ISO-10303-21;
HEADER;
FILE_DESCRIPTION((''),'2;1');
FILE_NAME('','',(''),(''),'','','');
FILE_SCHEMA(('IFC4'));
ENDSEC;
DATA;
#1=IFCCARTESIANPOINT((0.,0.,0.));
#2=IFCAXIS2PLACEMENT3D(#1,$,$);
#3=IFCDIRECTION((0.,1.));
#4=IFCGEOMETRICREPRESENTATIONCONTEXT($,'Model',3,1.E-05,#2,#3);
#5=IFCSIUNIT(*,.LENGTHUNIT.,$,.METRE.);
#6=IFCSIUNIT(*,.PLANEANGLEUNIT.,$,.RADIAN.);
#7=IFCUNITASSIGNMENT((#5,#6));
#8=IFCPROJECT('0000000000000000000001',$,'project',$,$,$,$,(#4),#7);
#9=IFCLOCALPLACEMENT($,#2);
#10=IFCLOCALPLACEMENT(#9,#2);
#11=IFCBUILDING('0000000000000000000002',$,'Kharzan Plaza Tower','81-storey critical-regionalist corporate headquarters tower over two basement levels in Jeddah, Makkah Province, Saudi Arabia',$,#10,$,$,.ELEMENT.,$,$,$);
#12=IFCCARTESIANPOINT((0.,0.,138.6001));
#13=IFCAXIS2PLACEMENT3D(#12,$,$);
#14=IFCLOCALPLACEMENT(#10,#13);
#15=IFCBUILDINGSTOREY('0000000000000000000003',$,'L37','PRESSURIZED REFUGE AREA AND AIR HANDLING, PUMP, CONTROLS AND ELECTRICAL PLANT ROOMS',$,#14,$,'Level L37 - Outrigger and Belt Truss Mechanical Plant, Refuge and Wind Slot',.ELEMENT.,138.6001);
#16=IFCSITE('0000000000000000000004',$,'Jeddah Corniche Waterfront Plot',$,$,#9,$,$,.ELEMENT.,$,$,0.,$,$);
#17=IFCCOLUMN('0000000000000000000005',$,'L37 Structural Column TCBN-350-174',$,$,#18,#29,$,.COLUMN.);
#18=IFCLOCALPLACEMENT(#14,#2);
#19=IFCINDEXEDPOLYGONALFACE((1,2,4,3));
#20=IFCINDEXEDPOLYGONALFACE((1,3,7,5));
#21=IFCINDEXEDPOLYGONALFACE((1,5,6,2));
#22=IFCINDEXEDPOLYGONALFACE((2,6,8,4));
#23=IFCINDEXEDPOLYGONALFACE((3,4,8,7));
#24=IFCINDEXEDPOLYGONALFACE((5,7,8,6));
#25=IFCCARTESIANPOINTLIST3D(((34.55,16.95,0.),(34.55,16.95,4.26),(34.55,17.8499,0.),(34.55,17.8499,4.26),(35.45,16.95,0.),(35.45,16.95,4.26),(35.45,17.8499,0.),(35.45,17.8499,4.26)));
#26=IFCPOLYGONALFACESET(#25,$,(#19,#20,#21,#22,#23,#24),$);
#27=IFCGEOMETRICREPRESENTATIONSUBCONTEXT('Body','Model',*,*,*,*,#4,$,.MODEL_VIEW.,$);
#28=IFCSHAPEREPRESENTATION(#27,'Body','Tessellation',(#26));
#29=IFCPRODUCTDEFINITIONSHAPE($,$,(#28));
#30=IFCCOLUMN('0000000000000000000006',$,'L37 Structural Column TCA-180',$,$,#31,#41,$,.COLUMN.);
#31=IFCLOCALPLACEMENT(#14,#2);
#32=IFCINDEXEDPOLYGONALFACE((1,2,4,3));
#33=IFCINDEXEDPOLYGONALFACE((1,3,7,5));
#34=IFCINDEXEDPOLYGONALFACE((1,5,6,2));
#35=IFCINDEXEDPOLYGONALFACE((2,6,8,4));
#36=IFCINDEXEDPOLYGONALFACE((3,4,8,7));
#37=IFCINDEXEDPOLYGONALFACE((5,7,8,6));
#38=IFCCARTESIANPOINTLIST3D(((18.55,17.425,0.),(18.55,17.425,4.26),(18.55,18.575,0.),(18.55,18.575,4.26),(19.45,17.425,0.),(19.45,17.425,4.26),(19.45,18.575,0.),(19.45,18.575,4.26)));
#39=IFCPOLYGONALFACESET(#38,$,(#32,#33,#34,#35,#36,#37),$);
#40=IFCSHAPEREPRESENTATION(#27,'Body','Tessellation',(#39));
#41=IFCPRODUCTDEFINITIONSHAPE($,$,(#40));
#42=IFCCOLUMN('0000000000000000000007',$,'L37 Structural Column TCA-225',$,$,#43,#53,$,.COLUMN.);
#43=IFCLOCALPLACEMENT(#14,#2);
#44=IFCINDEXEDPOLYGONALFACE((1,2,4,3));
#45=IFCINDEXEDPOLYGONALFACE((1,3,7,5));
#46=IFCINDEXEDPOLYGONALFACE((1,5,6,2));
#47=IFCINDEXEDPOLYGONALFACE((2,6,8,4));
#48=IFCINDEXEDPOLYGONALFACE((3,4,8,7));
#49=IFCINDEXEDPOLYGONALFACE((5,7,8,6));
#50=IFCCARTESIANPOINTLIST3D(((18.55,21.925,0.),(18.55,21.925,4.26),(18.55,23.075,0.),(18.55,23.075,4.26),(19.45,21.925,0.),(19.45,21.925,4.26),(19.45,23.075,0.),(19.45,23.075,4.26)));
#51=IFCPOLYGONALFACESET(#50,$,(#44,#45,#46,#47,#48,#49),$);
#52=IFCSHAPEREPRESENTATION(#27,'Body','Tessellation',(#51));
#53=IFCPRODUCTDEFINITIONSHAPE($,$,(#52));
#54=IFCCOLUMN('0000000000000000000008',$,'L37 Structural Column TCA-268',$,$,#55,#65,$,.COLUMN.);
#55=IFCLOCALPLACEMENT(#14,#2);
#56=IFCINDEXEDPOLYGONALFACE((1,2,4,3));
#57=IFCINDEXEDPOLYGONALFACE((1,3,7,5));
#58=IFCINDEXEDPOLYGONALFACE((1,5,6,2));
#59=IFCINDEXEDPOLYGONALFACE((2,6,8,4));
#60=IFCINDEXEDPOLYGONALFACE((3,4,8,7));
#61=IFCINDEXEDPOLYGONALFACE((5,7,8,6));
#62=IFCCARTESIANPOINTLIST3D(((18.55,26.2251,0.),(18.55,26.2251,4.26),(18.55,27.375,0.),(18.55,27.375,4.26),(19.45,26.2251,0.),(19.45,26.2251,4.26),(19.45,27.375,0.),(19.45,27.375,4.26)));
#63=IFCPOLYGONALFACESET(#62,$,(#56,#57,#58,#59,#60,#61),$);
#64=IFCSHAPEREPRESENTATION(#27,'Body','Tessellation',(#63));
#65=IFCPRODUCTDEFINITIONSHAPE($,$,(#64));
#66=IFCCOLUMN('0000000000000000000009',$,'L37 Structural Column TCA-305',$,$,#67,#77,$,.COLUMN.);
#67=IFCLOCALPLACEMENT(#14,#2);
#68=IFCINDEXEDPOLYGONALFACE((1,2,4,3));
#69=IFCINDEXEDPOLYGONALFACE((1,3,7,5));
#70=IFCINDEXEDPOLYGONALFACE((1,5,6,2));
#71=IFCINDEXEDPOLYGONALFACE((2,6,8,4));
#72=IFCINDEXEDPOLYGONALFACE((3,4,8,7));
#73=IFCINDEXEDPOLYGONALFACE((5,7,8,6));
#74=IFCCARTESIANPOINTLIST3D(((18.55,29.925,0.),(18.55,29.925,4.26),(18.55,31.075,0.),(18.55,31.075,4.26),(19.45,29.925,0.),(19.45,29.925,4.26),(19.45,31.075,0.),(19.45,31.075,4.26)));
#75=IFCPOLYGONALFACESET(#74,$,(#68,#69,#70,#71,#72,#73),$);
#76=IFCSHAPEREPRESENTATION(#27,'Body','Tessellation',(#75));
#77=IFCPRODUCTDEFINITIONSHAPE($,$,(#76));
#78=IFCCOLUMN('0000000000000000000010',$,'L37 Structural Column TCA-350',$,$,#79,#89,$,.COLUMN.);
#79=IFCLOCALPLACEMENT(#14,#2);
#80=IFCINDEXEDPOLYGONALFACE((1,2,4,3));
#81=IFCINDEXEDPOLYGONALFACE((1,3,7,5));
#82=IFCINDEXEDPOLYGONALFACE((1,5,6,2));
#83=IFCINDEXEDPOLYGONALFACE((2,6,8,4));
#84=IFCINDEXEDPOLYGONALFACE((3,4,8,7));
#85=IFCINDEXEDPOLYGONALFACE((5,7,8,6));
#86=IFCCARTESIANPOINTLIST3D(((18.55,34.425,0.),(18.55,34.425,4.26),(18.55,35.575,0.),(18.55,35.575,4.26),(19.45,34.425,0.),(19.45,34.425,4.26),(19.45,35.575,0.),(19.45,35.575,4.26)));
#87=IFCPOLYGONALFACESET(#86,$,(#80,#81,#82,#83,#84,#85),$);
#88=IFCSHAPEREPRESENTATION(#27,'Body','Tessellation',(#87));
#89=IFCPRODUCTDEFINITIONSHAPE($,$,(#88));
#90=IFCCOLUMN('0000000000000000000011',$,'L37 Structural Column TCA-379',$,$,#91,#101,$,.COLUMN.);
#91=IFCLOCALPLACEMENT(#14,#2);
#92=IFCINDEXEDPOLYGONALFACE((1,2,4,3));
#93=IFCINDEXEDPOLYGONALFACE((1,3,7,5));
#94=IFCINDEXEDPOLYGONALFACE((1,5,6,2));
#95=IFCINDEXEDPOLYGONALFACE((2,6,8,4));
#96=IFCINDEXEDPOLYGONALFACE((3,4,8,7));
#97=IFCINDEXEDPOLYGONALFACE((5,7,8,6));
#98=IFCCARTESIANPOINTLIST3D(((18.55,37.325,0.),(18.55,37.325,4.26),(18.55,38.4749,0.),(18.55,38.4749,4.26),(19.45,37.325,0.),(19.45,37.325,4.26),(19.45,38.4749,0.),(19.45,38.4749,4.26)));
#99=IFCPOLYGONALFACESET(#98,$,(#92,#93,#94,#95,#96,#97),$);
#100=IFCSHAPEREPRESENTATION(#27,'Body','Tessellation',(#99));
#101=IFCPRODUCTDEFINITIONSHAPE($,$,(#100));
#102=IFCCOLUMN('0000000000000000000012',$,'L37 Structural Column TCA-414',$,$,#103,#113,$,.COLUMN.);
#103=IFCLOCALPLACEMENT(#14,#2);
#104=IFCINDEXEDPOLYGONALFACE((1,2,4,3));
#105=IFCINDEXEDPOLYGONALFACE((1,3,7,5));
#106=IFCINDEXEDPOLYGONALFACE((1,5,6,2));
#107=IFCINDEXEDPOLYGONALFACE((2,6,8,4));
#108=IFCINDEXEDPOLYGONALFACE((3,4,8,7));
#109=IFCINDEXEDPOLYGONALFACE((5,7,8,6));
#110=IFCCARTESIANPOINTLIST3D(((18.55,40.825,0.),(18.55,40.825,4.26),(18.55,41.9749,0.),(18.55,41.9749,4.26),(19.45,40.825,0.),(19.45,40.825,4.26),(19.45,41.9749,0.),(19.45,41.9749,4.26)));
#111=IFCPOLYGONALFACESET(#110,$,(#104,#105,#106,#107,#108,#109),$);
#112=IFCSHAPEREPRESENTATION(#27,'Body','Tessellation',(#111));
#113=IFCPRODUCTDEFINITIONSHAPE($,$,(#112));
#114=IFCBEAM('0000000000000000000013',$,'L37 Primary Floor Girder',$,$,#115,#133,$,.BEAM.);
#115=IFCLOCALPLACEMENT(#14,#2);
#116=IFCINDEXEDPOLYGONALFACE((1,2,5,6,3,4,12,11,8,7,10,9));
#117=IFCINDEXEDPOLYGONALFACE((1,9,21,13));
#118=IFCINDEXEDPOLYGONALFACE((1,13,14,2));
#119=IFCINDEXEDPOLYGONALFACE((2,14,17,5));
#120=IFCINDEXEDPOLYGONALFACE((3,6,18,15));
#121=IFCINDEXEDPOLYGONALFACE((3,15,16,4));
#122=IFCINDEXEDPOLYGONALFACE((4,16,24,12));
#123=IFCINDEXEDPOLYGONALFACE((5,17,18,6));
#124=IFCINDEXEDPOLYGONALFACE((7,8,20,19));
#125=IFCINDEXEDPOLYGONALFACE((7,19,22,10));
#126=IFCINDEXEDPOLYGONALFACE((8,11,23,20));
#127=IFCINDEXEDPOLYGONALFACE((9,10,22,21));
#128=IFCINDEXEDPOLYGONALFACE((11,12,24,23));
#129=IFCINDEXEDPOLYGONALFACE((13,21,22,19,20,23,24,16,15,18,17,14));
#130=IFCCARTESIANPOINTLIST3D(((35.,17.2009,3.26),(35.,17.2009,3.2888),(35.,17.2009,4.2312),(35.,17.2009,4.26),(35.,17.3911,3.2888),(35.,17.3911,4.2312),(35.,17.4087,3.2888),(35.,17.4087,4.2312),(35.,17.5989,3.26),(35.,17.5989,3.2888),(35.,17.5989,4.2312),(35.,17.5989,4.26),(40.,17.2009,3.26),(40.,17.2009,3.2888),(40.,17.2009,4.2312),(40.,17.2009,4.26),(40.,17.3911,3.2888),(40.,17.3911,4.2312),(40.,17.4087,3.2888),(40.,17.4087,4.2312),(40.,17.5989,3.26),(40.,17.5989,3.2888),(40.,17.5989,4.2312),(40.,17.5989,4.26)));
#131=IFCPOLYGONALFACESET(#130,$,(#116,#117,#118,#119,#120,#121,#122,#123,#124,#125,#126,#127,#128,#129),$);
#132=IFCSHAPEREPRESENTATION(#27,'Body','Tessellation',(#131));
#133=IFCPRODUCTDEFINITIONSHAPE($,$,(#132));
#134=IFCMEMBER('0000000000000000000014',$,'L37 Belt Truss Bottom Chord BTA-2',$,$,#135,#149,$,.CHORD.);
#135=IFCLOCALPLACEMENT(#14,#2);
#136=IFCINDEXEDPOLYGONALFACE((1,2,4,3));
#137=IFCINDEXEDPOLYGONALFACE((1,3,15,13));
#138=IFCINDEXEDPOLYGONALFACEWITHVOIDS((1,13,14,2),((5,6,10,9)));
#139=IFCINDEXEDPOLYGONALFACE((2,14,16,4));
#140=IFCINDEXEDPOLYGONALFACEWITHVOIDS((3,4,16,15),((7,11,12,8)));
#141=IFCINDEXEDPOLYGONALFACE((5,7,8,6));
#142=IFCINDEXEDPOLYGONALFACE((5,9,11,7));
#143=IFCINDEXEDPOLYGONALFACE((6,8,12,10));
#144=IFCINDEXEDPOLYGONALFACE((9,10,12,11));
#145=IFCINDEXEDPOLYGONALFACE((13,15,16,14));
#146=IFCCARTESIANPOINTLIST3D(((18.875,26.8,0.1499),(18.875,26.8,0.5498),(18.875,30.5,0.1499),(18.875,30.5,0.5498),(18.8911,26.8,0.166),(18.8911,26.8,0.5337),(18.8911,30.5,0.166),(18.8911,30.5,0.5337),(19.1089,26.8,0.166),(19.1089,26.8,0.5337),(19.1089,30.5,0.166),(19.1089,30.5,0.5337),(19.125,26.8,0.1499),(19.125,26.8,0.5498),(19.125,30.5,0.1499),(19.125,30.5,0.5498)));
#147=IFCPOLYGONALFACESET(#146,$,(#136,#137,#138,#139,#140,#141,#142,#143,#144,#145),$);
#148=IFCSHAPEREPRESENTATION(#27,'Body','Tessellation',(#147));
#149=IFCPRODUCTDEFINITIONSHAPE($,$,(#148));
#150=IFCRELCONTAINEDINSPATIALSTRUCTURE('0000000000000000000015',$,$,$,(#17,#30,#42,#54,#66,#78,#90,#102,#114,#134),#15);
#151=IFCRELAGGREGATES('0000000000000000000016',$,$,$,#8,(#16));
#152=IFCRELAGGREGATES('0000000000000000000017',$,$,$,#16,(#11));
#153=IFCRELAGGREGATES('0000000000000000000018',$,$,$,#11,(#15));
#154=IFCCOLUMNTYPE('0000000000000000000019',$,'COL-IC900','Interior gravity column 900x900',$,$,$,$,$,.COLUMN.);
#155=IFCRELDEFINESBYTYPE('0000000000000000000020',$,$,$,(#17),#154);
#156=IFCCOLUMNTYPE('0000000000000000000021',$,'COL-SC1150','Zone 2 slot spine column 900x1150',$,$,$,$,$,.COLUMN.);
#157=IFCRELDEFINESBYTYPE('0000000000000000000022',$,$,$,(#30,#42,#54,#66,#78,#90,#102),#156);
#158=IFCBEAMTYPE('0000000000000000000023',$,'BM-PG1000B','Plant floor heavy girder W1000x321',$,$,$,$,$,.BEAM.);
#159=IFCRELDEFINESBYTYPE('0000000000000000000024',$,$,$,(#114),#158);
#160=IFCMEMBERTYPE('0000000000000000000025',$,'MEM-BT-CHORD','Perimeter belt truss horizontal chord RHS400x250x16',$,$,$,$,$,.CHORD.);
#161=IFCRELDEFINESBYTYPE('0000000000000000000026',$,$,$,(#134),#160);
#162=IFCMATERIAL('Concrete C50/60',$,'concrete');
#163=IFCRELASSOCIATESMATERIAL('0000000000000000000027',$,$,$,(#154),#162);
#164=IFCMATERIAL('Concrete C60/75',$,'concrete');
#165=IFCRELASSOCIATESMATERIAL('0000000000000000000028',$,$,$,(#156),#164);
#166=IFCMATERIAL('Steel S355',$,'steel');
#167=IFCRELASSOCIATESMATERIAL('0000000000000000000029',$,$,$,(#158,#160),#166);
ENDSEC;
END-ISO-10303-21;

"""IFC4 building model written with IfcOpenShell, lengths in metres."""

from ifc_helpers import new_model, si_unit, direction, frame, origin, origin_2d, place, context, subcontext, project, spatial, rectangle, hollow_rectangle, i_section, extrude, source, transform, mapped, material, material_profile, profile_set, type_object, element, save


model = new_model("IFC4")

# Units and contexts
model_context = context("Model", 3, precision=1e-05, world=origin(), true_north=direction((0.0, 1.0)))
body_context = subcontext(model_context, "Body", "Model", "MODEL_VIEW")
ifc_project = project(units=[si_unit("LENGTHUNIT", "METRE"), si_unit("PLANEANGLEUNIT", "RADIAN")], contexts=[model_context])

# Site, building, storey
site_placement = place(None, origin())
site = spatial("IfcSite", under=ifc_project, at=site_placement, Name="Jeddah Corniche Waterfront Plot", CompositionType="ELEMENT", RefElevation=0.0)
building_placement = place(site_placement, origin())
building = spatial("IfcBuilding", under=site, at=building_placement, Name="Kharzan Plaza Tower", Description="81-storey critical-regionalist corporate headquarters tower over two basement levels in Jeddah, Makkah Province, Saudi Arabia", CompositionType="ELEMENT")
storey_placement = place(building_placement, frame((0.0, 0.0, 138.6001)))
storey = spatial("IfcBuildingStorey", under=building, at=storey_placement, Name="L37", Description="PRESSURIZED REFUGE AREA AND AIR HANDLING, PUMP, CONTROLS AND ELECTRICAL PLANT ROOMS", LongName="Level L37 - Outrigger and Belt Truss Mechanical Plant, Refuge and Wind Slot", CompositionType="ELEMENT", Elevation=138.6001)

# Columns
ifc_material_1 = material(Name="Concrete C50/60", Category="concrete")
ifc_material_profile_1 = material_profile(ifc_material_1, rectangle(XDim=0.8999, YDim=0.8999, at=origin_2d()), Name="RC-IC900x900")
ifc_profile_set_1 = profile_set([ifc_material_profile_1], Name="Concrete C50/60")
column_type_1 = type_object("IfcColumnType", Name="COL-IC900", Description="Interior gravity column 900x900", PredefinedType="COLUMN", material=ifc_profile_set_1)
shared_shape_1 = source(origin(), body_context, "Body", "SweptSolid", [
    extrude(rectangle(XDim=0.8999, YDim=0.8999, at=origin_2d()), origin(), (0.0, 0.0, 1.0), 4.26),
])
column_placement = place(storey_placement, frame((35.0, 17.3999, 0.0), z_axis=(0.0, 0.0, 1.0), x_axis=(1.0, 0.0, 0.0)))
element("IfcColumn", 1, at=column_placement, inside=storey, type_object=column_type_1, Name="L37 Structural Column TCBN-350-174", PredefinedType="COLUMN", context=body_context, shape_type="MappedRepresentation", body=[
    mapped(shared_shape_1, transform((0.0, 0.0, 0.0), x_axis=(1.0, 0.0, 0.0), y_axis=(0.0, 1.0, 0.0), z_axis=(0.0, 0.0, 1.0))),
])
ifc_material_2 = material(Name="Concrete C60/75", Category="concrete")
ifc_material_profile_2 = material_profile(ifc_material_2, rectangle(XDim=0.8999, YDim=1.1499, at=origin_2d()), Name="RC-SC1150x900")
ifc_profile_set_2 = profile_set([ifc_material_profile_2], Name="Concrete C60/75")
column_type_2 = type_object("IfcColumnType", Name="COL-SC1150", Description="Zone 2 slot spine column 900x1150", PredefinedType="COLUMN", material=ifc_profile_set_2)
shared_shape_2 = source(origin(), body_context, "Body", "SweptSolid", [
    extrude(rectangle(XDim=0.8999, YDim=1.1499, at=origin_2d()), origin(), (0.0, 0.0, 1.0), 4.26),
])
for number, where, z_axis, x_axis, name in (
    (2, (19.0, 18.0, 0.0), (0.0, 0.0, 1.0), (1.0, 0.0, 0.0), "L37 Structural Column TCA-180"),
    (3, (19.0, 22.5, 0.0), (0.0, 0.0, 1.0), (1.0, 0.0, 0.0), "L37 Structural Column TCA-225"),
    (4, (19.0, 26.8, 0.0), (0.0, 0.0, 1.0), (1.0, 0.0, 0.0), "L37 Structural Column TCA-268"),
    (5, (19.0, 30.5, 0.0), (0.0, 0.0, 1.0), (1.0, 0.0, 0.0), "L37 Structural Column TCA-305"),
    (6, (19.0, 35.0, 0.0), (0.0, 0.0, 1.0), (1.0, 0.0, 0.0), "L37 Structural Column TCA-350"),
    (7, (19.0, 37.8999, 0.0), (0.0, 0.0, 1.0), (1.0, 0.0, 0.0), "L37 Structural Column TCA-379"),
    (8, (19.0, 41.3999, 0.0), (0.0, 0.0, 1.0), (1.0, 0.0, 0.0), "L37 Structural Column TCA-414"),
):
    element("IfcColumn", number, at=place(storey_placement, frame(where, z_axis=z_axis, x_axis=x_axis)), inside=storey, type_object=column_type_2, Name=name, PredefinedType="COLUMN", context=body_context, shape_type="MappedRepresentation", body=[
        mapped(shared_shape_2, transform((0.0, 0.0, 0.0), x_axis=(1.0, 0.0, 0.0), y_axis=(0.0, 1.0, 0.0), z_axis=(0.0, 0.0, 1.0))),
    ])

# Beam
ifc_material_3 = material(Name="Steel S355", Category="steel")
ifc_material_profile_3 = material_profile(ifc_material_3, i_section(OverallWidth=0.3979, OverallDepth=1.0, WebThickness=0.0176, FlangeThickness=0.0288, at=origin_2d()), Name="W1000x321")
ifc_profile_set_3 = profile_set([ifc_material_profile_3], Name="Steel S355")
beam_type_1 = type_object("IfcBeamType", Name="BM-PG1000B", Description="Plant floor heavy girder W1000x321", PredefinedType="BEAM", material=ifc_profile_set_3)
shared_shape_3 = source(origin(), body_context, "Body", "SweptSolid", [
    extrude(i_section(OverallWidth=0.3979, OverallDepth=1.0, WebThickness=0.0176, FlangeThickness=0.0288, at=origin_2d()), origin(), (0.0, 0.0, 1.0), 5.0),
])
beam_1_placement = place(storey_placement, frame((35.0, 17.3999, 3.76), z_axis=(1.0, 0.0, 0.0), x_axis=(0.0, 1.0, 0.0)))
element("IfcBeam", 9, at=beam_1_placement, inside=storey, type_object=beam_type_1, Name="L37 Primary Floor Girder", PredefinedType="BEAM", context=body_context, shape_type="MappedRepresentation", body=[
    mapped(shared_shape_3, transform((0.0, 0.0, 0.0), x_axis=(1.0, 0.0, 0.0), y_axis=(0.0, 1.0, 0.0), z_axis=(0.0, 0.0, 1.0))),
])

# Member
ifc_material_profile_4 = material_profile(ifc_material_3, hollow_rectangle(XDim=0.25, YDim=0.3999, WallThickness=0.0161, at=origin_2d()), Name="RHS400x250x16")
ifc_profile_set_4 = profile_set([ifc_material_profile_4], Name="Steel S355")
member_type_1 = type_object("IfcMemberType", Name="MEM-BT-CHORD", Description="Perimeter belt truss horizontal chord RHS400x250x16", PredefinedType="CHORD", material=ifc_profile_set_4)
shared_shape_4 = source(origin(), body_context, "Body", "SweptSolid", [
    extrude(hollow_rectangle(XDim=0.25, YDim=0.3999, WallThickness=0.0161, at=origin_2d()), origin(), (0.0, 0.0, 1.0), 3.7),
])
member_1_placement = place(storey_placement, frame((19.0, 26.8, 0.3499), z_axis=(0.0, 1.0, 0.0), x_axis=(-1.0, 0.0, 0.0)))
element("IfcMember", 10, at=member_1_placement, inside=storey, type_object=member_type_1, Name="L37 Belt Truss Bottom Chord BTA-2", PredefinedType="CHORD", context=body_context, shape_type="MappedRepresentation", body=[
    mapped(shared_shape_4, transform((0.0, 0.0, 0.0), x_axis=(1.0, 0.0, 0.0), y_axis=(0.0, 1.0, 0.0), z_axis=(0.0, 0.0, 1.0))),
])

save(model, "model.ifc")
